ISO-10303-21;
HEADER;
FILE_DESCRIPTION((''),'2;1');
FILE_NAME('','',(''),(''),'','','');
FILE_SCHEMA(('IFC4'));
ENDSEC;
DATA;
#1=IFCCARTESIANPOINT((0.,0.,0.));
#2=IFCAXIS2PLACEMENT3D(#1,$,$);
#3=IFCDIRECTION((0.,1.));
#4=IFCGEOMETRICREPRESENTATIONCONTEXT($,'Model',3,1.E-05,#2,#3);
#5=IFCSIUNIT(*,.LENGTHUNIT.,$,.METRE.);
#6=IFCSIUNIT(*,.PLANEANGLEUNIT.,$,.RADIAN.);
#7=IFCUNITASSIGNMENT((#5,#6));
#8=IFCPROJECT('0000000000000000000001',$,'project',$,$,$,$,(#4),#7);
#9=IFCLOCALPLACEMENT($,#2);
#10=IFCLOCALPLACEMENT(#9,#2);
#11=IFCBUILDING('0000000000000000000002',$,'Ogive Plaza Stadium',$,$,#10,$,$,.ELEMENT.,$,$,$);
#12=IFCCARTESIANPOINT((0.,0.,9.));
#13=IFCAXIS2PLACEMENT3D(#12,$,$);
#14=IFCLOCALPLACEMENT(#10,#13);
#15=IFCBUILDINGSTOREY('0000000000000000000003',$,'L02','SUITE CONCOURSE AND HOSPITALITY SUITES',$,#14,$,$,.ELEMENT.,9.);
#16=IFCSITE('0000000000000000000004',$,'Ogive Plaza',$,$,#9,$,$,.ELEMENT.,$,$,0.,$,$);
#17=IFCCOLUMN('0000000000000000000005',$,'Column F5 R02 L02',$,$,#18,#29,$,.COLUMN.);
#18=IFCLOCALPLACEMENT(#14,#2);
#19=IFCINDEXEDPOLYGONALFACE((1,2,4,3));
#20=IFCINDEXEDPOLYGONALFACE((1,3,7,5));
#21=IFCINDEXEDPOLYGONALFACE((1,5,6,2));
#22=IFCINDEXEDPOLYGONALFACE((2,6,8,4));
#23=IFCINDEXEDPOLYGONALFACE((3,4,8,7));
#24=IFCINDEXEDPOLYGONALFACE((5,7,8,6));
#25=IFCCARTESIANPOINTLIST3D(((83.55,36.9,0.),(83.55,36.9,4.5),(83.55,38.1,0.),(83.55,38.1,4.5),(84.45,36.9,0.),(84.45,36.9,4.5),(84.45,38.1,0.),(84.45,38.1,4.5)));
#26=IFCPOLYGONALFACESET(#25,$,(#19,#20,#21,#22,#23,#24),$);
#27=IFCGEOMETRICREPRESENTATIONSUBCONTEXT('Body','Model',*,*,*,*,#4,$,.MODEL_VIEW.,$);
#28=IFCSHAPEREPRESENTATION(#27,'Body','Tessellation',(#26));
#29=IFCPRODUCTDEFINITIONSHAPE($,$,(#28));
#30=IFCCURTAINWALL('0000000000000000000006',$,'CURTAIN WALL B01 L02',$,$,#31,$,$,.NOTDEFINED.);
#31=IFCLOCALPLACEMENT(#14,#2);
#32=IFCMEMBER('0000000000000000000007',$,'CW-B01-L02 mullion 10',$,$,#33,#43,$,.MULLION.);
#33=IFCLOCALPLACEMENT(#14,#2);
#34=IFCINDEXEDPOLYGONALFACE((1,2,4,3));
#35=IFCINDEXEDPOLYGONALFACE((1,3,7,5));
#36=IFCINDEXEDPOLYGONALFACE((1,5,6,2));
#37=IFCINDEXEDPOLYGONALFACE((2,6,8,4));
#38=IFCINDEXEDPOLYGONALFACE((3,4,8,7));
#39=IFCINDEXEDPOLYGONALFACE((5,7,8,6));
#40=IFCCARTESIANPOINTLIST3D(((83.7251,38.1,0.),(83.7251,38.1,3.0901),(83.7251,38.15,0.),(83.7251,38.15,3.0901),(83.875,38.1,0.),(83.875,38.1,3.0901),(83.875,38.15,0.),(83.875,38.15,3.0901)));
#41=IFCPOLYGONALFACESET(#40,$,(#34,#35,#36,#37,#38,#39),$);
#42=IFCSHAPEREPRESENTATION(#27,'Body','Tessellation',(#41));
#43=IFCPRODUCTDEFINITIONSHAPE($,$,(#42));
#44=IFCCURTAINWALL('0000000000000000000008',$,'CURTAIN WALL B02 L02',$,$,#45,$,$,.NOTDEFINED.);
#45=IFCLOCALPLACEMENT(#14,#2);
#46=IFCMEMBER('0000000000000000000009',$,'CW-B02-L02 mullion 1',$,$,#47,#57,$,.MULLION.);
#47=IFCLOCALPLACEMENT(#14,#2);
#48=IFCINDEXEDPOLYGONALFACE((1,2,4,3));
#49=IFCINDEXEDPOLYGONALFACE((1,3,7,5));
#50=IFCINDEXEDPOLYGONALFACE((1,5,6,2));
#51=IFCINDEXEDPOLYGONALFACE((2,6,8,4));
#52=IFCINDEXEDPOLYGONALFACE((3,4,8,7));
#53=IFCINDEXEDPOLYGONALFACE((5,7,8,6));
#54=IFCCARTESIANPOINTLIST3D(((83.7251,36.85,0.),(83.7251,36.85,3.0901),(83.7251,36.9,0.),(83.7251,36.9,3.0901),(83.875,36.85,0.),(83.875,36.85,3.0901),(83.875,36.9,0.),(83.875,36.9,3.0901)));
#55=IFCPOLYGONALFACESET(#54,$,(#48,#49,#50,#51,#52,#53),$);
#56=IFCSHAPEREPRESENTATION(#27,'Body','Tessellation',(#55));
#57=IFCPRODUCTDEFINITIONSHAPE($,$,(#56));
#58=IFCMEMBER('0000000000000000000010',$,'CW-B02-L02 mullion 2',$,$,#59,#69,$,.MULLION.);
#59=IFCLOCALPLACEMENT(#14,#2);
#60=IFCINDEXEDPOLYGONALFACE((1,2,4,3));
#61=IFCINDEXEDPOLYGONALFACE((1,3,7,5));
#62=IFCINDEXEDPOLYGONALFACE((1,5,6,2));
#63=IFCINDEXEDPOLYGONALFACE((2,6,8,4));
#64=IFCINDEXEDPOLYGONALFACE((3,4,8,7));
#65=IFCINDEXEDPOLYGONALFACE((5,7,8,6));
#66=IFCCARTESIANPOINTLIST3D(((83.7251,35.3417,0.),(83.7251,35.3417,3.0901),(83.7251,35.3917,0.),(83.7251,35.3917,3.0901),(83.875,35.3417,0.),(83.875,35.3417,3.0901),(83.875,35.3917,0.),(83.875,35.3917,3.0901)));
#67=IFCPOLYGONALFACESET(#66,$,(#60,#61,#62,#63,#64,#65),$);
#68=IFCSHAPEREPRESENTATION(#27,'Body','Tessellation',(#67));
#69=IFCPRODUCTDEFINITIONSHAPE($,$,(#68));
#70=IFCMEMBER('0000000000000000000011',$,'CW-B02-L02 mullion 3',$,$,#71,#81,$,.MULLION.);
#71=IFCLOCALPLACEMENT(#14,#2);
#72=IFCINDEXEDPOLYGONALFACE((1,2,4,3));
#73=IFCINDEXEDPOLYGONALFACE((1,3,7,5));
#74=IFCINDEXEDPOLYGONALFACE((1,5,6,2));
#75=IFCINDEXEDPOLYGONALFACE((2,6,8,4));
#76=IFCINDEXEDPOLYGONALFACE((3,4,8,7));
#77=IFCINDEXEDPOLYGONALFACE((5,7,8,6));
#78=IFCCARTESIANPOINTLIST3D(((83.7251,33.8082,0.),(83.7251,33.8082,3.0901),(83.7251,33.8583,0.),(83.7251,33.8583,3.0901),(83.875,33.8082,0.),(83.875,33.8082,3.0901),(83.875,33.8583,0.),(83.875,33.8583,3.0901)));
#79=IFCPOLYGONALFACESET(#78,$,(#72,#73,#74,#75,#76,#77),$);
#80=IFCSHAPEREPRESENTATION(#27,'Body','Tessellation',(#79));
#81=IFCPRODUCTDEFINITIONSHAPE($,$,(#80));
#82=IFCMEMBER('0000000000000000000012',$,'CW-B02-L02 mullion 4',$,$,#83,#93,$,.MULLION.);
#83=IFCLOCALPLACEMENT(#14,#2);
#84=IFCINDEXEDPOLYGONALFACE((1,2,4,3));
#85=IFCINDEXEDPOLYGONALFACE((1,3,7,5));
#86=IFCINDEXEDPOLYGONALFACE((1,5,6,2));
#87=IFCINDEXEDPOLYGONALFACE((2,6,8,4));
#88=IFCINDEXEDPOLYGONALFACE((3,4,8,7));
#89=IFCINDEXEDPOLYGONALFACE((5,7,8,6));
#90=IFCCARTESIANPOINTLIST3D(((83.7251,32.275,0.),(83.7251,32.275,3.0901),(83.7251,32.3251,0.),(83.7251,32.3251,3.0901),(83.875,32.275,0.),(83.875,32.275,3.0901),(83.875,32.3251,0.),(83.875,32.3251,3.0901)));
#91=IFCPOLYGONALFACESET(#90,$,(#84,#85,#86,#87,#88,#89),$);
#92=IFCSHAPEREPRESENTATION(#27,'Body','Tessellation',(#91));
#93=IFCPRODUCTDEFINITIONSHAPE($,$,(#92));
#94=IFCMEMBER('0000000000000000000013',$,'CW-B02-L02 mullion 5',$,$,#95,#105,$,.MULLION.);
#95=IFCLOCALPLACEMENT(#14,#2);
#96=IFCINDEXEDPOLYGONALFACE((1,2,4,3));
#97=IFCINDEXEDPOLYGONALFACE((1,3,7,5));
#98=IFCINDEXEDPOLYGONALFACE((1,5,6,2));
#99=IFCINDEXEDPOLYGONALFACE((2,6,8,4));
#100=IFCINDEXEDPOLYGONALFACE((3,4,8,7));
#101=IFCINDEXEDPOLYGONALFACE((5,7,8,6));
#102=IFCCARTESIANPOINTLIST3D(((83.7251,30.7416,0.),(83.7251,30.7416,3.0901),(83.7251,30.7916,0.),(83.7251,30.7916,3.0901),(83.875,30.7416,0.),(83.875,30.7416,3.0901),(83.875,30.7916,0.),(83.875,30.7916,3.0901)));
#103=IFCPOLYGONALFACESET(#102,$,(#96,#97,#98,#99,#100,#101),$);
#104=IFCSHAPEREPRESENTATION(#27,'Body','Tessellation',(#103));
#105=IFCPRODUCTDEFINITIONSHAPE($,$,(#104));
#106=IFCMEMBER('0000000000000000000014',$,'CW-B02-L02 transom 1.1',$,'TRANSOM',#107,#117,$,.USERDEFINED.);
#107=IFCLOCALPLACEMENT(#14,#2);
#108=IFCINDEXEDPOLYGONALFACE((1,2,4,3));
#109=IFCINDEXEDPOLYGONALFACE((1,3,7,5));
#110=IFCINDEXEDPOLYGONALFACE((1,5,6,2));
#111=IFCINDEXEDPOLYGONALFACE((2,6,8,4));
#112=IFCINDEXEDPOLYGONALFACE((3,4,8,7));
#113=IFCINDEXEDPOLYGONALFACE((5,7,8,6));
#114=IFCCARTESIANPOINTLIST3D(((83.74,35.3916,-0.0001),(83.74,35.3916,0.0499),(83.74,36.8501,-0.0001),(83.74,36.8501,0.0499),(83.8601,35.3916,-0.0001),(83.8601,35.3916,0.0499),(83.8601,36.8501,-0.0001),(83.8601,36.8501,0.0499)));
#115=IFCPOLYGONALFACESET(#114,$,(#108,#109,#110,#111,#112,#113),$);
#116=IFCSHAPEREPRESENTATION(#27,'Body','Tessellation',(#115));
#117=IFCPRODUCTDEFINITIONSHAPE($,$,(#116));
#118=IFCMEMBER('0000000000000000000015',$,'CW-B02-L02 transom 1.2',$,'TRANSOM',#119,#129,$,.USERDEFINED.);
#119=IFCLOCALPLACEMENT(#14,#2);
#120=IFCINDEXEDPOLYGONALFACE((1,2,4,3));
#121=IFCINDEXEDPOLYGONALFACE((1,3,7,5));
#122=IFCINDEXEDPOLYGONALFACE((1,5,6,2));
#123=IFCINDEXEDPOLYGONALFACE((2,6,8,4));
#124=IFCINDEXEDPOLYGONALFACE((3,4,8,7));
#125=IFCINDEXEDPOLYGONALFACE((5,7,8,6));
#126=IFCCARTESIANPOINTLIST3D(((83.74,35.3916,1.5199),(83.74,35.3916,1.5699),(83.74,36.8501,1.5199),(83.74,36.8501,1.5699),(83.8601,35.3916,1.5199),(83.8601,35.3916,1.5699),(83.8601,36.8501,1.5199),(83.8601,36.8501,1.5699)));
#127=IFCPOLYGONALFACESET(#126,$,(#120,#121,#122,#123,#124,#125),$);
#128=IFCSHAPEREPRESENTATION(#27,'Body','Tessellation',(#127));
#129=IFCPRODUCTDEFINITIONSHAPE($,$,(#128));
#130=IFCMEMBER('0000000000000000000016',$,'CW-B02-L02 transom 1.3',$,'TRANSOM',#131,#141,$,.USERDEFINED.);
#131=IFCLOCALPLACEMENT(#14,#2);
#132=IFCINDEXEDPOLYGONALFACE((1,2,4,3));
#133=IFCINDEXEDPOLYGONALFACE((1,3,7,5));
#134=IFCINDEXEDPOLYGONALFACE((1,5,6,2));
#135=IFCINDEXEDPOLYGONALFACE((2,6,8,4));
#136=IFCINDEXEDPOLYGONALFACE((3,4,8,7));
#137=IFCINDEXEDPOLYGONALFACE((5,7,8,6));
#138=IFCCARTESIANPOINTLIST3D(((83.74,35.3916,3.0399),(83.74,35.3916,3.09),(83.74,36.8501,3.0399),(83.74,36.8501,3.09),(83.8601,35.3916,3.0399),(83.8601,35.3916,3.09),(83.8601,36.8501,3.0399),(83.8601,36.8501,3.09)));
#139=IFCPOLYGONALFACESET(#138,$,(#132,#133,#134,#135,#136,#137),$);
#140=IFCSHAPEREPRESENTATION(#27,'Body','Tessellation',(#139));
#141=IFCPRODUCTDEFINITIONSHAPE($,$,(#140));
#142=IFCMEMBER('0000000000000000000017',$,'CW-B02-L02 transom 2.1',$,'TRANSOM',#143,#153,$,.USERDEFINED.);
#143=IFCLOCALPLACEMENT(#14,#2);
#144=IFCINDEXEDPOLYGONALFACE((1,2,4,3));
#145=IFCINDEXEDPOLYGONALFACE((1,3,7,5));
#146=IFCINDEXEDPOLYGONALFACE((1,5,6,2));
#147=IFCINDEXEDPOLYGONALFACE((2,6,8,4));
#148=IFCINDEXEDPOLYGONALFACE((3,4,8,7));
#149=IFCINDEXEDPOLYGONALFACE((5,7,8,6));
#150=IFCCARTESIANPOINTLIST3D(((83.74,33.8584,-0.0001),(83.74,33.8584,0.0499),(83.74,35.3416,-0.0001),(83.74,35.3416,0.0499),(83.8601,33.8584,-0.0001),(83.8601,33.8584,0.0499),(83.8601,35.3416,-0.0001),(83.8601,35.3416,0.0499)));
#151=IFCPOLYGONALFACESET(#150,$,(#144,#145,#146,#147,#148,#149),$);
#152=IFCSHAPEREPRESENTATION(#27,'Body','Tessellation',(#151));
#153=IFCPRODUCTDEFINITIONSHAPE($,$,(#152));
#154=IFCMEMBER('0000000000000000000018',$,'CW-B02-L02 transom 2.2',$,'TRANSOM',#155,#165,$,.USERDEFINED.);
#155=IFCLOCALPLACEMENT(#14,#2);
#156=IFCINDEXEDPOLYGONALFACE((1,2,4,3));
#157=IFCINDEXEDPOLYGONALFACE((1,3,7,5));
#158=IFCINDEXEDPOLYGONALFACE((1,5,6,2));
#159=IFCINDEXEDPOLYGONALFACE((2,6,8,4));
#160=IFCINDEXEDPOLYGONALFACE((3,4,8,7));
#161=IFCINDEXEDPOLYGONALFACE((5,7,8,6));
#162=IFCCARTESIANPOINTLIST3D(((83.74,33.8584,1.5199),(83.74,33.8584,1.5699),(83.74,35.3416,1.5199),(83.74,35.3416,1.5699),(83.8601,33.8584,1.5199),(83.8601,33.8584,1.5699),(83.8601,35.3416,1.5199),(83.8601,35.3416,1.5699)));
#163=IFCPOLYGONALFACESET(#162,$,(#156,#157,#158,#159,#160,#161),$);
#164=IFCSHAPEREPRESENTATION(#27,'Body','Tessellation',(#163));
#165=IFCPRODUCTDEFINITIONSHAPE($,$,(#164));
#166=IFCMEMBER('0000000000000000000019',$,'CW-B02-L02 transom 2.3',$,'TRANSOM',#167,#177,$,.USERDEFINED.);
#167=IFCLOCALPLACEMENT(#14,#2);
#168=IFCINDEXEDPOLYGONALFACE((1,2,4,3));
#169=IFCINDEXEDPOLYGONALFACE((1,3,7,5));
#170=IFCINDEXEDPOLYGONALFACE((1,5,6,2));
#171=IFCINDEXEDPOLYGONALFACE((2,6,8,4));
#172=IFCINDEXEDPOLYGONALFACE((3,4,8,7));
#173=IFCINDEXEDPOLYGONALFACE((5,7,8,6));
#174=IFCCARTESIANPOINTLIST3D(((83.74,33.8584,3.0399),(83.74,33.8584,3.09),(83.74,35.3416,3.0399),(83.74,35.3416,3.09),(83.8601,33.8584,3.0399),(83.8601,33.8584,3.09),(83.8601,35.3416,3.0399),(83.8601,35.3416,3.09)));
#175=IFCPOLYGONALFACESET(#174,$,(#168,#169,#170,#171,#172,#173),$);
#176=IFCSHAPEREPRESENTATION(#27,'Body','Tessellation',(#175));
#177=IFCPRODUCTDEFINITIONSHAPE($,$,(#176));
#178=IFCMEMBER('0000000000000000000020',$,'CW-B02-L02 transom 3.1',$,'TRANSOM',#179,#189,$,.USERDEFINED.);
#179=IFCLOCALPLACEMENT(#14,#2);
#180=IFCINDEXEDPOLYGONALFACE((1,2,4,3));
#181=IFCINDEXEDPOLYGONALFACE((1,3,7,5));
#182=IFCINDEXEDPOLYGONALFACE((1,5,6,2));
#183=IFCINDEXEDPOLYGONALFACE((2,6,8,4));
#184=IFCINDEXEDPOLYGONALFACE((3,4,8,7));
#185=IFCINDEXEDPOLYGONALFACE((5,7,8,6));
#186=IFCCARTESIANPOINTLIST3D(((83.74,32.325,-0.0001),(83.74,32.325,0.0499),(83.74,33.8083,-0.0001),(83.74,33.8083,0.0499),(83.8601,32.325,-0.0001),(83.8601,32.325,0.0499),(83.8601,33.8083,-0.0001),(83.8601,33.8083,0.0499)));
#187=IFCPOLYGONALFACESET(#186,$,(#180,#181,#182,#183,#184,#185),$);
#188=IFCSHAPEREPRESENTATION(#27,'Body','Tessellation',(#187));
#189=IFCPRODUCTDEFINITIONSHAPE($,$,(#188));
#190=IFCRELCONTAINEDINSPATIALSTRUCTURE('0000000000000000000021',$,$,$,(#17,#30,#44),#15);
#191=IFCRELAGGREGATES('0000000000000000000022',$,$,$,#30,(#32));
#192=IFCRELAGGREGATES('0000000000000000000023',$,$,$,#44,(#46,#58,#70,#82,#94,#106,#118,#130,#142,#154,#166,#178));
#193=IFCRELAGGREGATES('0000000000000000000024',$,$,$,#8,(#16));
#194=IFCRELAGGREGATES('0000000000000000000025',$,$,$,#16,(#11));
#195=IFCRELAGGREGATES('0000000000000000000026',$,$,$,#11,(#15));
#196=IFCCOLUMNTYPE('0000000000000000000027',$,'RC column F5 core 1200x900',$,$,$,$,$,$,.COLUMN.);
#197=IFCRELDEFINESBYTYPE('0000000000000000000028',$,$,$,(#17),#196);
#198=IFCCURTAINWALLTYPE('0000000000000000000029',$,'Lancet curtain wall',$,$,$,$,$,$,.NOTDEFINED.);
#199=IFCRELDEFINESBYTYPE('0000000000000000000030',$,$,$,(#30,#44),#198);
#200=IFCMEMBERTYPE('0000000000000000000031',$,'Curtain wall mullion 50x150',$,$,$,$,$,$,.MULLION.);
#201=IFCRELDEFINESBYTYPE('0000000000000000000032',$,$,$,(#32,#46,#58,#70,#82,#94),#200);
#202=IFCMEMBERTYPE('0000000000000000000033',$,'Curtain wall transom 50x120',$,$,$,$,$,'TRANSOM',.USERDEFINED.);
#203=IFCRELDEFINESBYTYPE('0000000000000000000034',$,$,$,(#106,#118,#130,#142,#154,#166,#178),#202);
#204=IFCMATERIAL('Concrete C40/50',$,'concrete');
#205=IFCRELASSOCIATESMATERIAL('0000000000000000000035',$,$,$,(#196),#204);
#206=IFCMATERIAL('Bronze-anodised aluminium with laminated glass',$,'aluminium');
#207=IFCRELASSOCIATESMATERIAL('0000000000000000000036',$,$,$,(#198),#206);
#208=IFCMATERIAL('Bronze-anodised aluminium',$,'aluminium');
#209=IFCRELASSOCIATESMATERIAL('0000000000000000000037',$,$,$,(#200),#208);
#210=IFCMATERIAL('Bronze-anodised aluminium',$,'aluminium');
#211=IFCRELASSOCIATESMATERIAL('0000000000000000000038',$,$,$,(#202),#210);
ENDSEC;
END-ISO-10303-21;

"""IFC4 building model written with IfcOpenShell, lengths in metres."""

from ifc_helpers import new_model, si_unit, direction, frame, origin, origin_2d, place, context, subcontext, project, spatial, rectangle, extrude, material, material_profile, profile_set, type_object, element, aggregate, save


model = new_model("IFC4")

# Units and contexts
model_context = context("Model", 3, precision=1e-05, world=origin(), true_north=direction((0.0, 1.0)))
body_context = subcontext(model_context, "Body", "Model", "MODEL_VIEW")
ifc_project = project(units=[si_unit("LENGTHUNIT", "METRE"), si_unit("PLANEANGLEUNIT", "RADIAN")], contexts=[model_context])

# Site, building, storey
site_placement = place(None, origin())
site = spatial("IfcSite", under=ifc_project, at=site_placement, Name="Ogive Plaza", CompositionType="ELEMENT", RefElevation=0.0)
building_placement = place(site_placement, origin())
building = spatial("IfcBuilding", under=site, at=building_placement, Name="Ogive Plaza Stadium", CompositionType="ELEMENT")
storey_placement = place(building_placement, frame((0.0, 0.0, 9.0)))
storey = spatial("IfcBuildingStorey", under=building, at=storey_placement, Name="L02", Description="SUITE CONCOURSE AND HOSPITALITY SUITES", CompositionType="ELEMENT", Elevation=9.0)

# Column
ifc_material_1 = material(Name="Concrete C40/50", Category="concrete")
ifc_material_profile_1 = material_profile(ifc_material_1, rectangle(XDim=1.2, YDim=0.8999, at=origin_2d()), Name="RC 1200x900")
ifc_profile_set_1 = profile_set([ifc_material_profile_1], Name="Concrete C40/50")
column_type = type_object("IfcColumnType", Name="RC column F5 core 1200x900", PredefinedType="COLUMN", material=ifc_profile_set_1)
column_placement = place(storey_placement, frame((84.0, 37.5, 0.0), z_axis=(0.0, 0.0, 1.0), x_axis=(0.0, 1.0, 0.0)))
element("IfcColumn", 1, at=column_placement, inside=storey, type_object=column_type, Name="Column F5 R02 L02", PredefinedType="COLUMN", context=body_context, shape_type="SweptSolid", body=[
    extrude(rectangle(XDim=1.2, YDim=0.8999, at=origin_2d()), origin(), (0.0, 0.0, 1.0), 4.5),
])

# Curtain wall, member
ifc_material_2 = material(Name="Bronze-anodised aluminium with laminated glass", Category="aluminium")
curtain_wall_type = type_object("IfcCurtainWallType", Name="Lancet curtain wall", PredefinedType="NOTDEFINED", material=ifc_material_2)
curtain_wall_1_placement = place(storey_placement, origin())
curtain_wall_1 = element("IfcCurtainWall", 2, at=curtain_wall_1_placement, inside=storey, type_object=curtain_wall_type, Name="CURTAIN WALL B01 L02", PredefinedType="NOTDEFINED")
ifc_material_3 = material(Name="Bronze-anodised aluminium", Category="aluminium")
ifc_material_profile_2 = material_profile(ifc_material_3, rectangle(XDim=0.1499, YDim=0.05, at=origin_2d()), Name="AL 150x50")
ifc_profile_set_2 = profile_set([ifc_material_profile_2], Name="Bronze-anodised aluminium")
member_type_1 = type_object("IfcMemberType", Name="Curtain wall mullion 50x150", PredefinedType="MULLION", material=ifc_profile_set_2)
member_1_placement = place(storey_placement, frame((83.8, 38.125, 0.0), z_axis=(0.0, 0.0, 1.0), x_axis=(1.0, 0.0, 0.0)))
member_1 = element("IfcMember", 3, at=member_1_placement, type_object=member_type_1, Name="CW-B01-L02 mullion 10", PredefinedType="MULLION", context=body_context, shape_type="SweptSolid", body=[
    extrude(rectangle(XDim=0.1499, YDim=0.05, at=origin_2d()), origin(), (0.0, 0.0, 1.0), 3.0901),
])

# Curtain wall, members
curtain_wall_2_placement = place(storey_placement, origin())
curtain_wall_2 = element("IfcCurtainWall", 4, at=curtain_wall_2_placement, inside=storey, type_object=curtain_wall_type, Name="CURTAIN WALL B02 L02", PredefinedType="NOTDEFINED")
member_2_placement = place(storey_placement, frame((83.8, 36.875, 0.0), z_axis=(0.0, 0.0, 1.0), x_axis=(1.0, 0.0, 0.0)))
member_2 = element("IfcMember", 5, at=member_2_placement, type_object=member_type_1, Name="CW-B02-L02 mullion 1", PredefinedType="MULLION", context=body_context, shape_type="SweptSolid", body=[
    extrude(rectangle(XDim=0.1499, YDim=0.05, at=origin_2d()), origin(), (0.0, 0.0, 1.0), 3.0901),
])
member_3_placement = place(storey_placement, frame((83.8, 35.3667, 0.0), z_axis=(0.0, 0.0, 1.0), x_axis=(1.0, 0.0, 0.0)))
member_3 = element("IfcMember", 6, at=member_3_placement, type_object=member_type_1, Name="CW-B02-L02 mullion 2", PredefinedType="MULLION", context=body_context, shape_type="SweptSolid", body=[
    extrude(rectangle(XDim=0.1499, YDim=0.05, at=origin_2d()), origin(), (0.0, 0.0, 1.0), 3.0901),
])
member_4_placement = place(storey_placement, frame((83.8, 33.8333, 0.0), z_axis=(0.0, 0.0, 1.0), x_axis=(1.0, 0.0, 0.0)))
member_4 = element("IfcMember", 7, at=member_4_placement, type_object=member_type_1, Name="CW-B02-L02 mullion 3", PredefinedType="MULLION", context=body_context, shape_type="SweptSolid", body=[
    extrude(rectangle(XDim=0.1499, YDim=0.05, at=origin_2d()), origin(), (0.0, 0.0, 1.0), 3.0901),
])
member_5_placement = place(storey_placement, frame((83.8, 32.3, 0.0), z_axis=(0.0, 0.0, 1.0), x_axis=(1.0, 0.0, 0.0)))
member_5 = element("IfcMember", 8, at=member_5_placement, type_object=member_type_1, Name="CW-B02-L02 mullion 4", PredefinedType="MULLION", context=body_context, shape_type="SweptSolid", body=[
    extrude(rectangle(XDim=0.1499, YDim=0.05, at=origin_2d()), origin(), (0.0, 0.0, 1.0), 3.0901),
])
member_6_placement = place(storey_placement, frame((83.8, 30.7666, 0.0), z_axis=(0.0, 0.0, 1.0), x_axis=(1.0, 0.0, 0.0)))
member_6 = element("IfcMember", 9, at=member_6_placement, type_object=member_type_1, Name="CW-B02-L02 mullion 5", PredefinedType="MULLION", context=body_context, shape_type="SweptSolid", body=[
    extrude(rectangle(XDim=0.1499, YDim=0.05, at=origin_2d()), origin(), (0.0, 0.0, 1.0), 3.0901),
])
ifc_material_4 = material(Name="Bronze-anodised aluminium", Category="aluminium")
ifc_material_profile_3 = material_profile(ifc_material_4, rectangle(XDim=0.1201, YDim=0.05, at=origin_2d()), Name="AL 120x50")
ifc_profile_set_3 = profile_set([ifc_material_profile_3], Name="Bronze-anodised aluminium")
member_type_2 = type_object("IfcMemberType", Name="Curtain wall transom 50x120", ElementType="TRANSOM", PredefinedType="USERDEFINED", material=ifc_profile_set_3)
member_7_placement = place(storey_placement, frame((83.8, 36.8501, 0.0249), z_axis=(0.0, -1.0, 0.0), x_axis=(1.0, 0.0, 0.0)))
member_7 = element("IfcMember", 10, at=member_7_placement, type_object=member_type_2, Name="CW-B02-L02 transom 1.1", ObjectType="TRANSOM", PredefinedType="USERDEFINED", context=body_context, shape_type="SweptSolid", body=[
    extrude(rectangle(XDim=0.1201, YDim=0.05, at=origin_2d()), origin(), (0.0, 0.0, 1.0), 1.4585),
])
member_8_placement = place(storey_placement, frame((83.8, 36.8501, 1.5449), z_axis=(0.0, -1.0, 0.0), x_axis=(1.0, 0.0, 0.0)))
member_8 = element("IfcMember", 11, at=member_8_placement, type_object=member_type_2, Name="CW-B02-L02 transom 1.2", ObjectType="TRANSOM", PredefinedType="USERDEFINED", context=body_context, shape_type="SweptSolid", body=[
    extrude(rectangle(XDim=0.1201, YDim=0.05, at=origin_2d()), origin(), (0.0, 0.0, 1.0), 1.4585),
])
member_9_placement = place(storey_placement, frame((83.8, 36.8501, 3.0649), z_axis=(0.0, -1.0, 0.0), x_axis=(1.0, 0.0, 0.0)))
member_9 = element("IfcMember", 12, at=member_9_placement, type_object=member_type_2, Name="CW-B02-L02 transom 1.3", ObjectType="TRANSOM", PredefinedType="USERDEFINED", context=body_context, shape_type="SweptSolid", body=[
    extrude(rectangle(XDim=0.1201, YDim=0.05, at=origin_2d()), origin(), (0.0, 0.0, 1.0), 1.4585),
])
member_10_placement = place(storey_placement, frame((83.8, 35.3416, 0.0249), z_axis=(0.0, -1.0, 0.0), x_axis=(1.0, 0.0, 0.0)))
member_10 = element("IfcMember", 13, at=member_10_placement, type_object=member_type_2, Name="CW-B02-L02 transom 2.1", ObjectType="TRANSOM", PredefinedType="USERDEFINED", context=body_context, shape_type="SweptSolid", body=[
    extrude(rectangle(XDim=0.1201, YDim=0.05, at=origin_2d()), origin(), (0.0, 0.0, 1.0), 1.4832),
])
member_11_placement = place(storey_placement, frame((83.8, 35.3416, 1.5449), z_axis=(0.0, -1.0, 0.0), x_axis=(1.0, 0.0, 0.0)))
member_11 = element("IfcMember", 14, at=member_11_placement, type_object=member_type_2, Name="CW-B02-L02 transom 2.2", ObjectType="TRANSOM", PredefinedType="USERDEFINED", context=body_context, shape_type="SweptSolid", body=[
    extrude(rectangle(XDim=0.1201, YDim=0.05, at=origin_2d()), origin(), (0.0, 0.0, 1.0), 1.4832),
])
member_12_placement = place(storey_placement, frame((83.8, 35.3416, 3.0649), z_axis=(0.0, -1.0, 0.0), x_axis=(1.0, 0.0, 0.0)))
member_12 = element("IfcMember", 15, at=member_12_placement, type_object=member_type_2, Name="CW-B02-L02 transom 2.3", ObjectType="TRANSOM", PredefinedType="USERDEFINED", context=body_context, shape_type="SweptSolid", body=[
    extrude(rectangle(XDim=0.1201, YDim=0.05, at=origin_2d()), origin(), (0.0, 0.0, 1.0), 1.4832),
])
member_13_placement = place(storey_placement, frame((83.8, 33.8083, 0.0249), z_axis=(0.0, -1.0, 0.0), x_axis=(1.0, 0.0, 0.0)))
member_13 = element("IfcMember", 16, at=member_13_placement, type_object=member_type_2, Name="CW-B02-L02 transom 3.1", ObjectType="TRANSOM", PredefinedType="USERDEFINED", context=body_context, shape_type="SweptSolid", body=[
    extrude(rectangle(XDim=0.1201, YDim=0.05, at=origin_2d()), origin(), (0.0, 0.0, 1.0), 1.4834),
])

aggregate(curtain_wall_1, [member_1])
aggregate(curtain_wall_2, [member_2, member_3, member_4, member_5, member_6, member_7, member_8, member_9, member_10, member_11, member_12, member_13])

save(model, "model.ifc")
